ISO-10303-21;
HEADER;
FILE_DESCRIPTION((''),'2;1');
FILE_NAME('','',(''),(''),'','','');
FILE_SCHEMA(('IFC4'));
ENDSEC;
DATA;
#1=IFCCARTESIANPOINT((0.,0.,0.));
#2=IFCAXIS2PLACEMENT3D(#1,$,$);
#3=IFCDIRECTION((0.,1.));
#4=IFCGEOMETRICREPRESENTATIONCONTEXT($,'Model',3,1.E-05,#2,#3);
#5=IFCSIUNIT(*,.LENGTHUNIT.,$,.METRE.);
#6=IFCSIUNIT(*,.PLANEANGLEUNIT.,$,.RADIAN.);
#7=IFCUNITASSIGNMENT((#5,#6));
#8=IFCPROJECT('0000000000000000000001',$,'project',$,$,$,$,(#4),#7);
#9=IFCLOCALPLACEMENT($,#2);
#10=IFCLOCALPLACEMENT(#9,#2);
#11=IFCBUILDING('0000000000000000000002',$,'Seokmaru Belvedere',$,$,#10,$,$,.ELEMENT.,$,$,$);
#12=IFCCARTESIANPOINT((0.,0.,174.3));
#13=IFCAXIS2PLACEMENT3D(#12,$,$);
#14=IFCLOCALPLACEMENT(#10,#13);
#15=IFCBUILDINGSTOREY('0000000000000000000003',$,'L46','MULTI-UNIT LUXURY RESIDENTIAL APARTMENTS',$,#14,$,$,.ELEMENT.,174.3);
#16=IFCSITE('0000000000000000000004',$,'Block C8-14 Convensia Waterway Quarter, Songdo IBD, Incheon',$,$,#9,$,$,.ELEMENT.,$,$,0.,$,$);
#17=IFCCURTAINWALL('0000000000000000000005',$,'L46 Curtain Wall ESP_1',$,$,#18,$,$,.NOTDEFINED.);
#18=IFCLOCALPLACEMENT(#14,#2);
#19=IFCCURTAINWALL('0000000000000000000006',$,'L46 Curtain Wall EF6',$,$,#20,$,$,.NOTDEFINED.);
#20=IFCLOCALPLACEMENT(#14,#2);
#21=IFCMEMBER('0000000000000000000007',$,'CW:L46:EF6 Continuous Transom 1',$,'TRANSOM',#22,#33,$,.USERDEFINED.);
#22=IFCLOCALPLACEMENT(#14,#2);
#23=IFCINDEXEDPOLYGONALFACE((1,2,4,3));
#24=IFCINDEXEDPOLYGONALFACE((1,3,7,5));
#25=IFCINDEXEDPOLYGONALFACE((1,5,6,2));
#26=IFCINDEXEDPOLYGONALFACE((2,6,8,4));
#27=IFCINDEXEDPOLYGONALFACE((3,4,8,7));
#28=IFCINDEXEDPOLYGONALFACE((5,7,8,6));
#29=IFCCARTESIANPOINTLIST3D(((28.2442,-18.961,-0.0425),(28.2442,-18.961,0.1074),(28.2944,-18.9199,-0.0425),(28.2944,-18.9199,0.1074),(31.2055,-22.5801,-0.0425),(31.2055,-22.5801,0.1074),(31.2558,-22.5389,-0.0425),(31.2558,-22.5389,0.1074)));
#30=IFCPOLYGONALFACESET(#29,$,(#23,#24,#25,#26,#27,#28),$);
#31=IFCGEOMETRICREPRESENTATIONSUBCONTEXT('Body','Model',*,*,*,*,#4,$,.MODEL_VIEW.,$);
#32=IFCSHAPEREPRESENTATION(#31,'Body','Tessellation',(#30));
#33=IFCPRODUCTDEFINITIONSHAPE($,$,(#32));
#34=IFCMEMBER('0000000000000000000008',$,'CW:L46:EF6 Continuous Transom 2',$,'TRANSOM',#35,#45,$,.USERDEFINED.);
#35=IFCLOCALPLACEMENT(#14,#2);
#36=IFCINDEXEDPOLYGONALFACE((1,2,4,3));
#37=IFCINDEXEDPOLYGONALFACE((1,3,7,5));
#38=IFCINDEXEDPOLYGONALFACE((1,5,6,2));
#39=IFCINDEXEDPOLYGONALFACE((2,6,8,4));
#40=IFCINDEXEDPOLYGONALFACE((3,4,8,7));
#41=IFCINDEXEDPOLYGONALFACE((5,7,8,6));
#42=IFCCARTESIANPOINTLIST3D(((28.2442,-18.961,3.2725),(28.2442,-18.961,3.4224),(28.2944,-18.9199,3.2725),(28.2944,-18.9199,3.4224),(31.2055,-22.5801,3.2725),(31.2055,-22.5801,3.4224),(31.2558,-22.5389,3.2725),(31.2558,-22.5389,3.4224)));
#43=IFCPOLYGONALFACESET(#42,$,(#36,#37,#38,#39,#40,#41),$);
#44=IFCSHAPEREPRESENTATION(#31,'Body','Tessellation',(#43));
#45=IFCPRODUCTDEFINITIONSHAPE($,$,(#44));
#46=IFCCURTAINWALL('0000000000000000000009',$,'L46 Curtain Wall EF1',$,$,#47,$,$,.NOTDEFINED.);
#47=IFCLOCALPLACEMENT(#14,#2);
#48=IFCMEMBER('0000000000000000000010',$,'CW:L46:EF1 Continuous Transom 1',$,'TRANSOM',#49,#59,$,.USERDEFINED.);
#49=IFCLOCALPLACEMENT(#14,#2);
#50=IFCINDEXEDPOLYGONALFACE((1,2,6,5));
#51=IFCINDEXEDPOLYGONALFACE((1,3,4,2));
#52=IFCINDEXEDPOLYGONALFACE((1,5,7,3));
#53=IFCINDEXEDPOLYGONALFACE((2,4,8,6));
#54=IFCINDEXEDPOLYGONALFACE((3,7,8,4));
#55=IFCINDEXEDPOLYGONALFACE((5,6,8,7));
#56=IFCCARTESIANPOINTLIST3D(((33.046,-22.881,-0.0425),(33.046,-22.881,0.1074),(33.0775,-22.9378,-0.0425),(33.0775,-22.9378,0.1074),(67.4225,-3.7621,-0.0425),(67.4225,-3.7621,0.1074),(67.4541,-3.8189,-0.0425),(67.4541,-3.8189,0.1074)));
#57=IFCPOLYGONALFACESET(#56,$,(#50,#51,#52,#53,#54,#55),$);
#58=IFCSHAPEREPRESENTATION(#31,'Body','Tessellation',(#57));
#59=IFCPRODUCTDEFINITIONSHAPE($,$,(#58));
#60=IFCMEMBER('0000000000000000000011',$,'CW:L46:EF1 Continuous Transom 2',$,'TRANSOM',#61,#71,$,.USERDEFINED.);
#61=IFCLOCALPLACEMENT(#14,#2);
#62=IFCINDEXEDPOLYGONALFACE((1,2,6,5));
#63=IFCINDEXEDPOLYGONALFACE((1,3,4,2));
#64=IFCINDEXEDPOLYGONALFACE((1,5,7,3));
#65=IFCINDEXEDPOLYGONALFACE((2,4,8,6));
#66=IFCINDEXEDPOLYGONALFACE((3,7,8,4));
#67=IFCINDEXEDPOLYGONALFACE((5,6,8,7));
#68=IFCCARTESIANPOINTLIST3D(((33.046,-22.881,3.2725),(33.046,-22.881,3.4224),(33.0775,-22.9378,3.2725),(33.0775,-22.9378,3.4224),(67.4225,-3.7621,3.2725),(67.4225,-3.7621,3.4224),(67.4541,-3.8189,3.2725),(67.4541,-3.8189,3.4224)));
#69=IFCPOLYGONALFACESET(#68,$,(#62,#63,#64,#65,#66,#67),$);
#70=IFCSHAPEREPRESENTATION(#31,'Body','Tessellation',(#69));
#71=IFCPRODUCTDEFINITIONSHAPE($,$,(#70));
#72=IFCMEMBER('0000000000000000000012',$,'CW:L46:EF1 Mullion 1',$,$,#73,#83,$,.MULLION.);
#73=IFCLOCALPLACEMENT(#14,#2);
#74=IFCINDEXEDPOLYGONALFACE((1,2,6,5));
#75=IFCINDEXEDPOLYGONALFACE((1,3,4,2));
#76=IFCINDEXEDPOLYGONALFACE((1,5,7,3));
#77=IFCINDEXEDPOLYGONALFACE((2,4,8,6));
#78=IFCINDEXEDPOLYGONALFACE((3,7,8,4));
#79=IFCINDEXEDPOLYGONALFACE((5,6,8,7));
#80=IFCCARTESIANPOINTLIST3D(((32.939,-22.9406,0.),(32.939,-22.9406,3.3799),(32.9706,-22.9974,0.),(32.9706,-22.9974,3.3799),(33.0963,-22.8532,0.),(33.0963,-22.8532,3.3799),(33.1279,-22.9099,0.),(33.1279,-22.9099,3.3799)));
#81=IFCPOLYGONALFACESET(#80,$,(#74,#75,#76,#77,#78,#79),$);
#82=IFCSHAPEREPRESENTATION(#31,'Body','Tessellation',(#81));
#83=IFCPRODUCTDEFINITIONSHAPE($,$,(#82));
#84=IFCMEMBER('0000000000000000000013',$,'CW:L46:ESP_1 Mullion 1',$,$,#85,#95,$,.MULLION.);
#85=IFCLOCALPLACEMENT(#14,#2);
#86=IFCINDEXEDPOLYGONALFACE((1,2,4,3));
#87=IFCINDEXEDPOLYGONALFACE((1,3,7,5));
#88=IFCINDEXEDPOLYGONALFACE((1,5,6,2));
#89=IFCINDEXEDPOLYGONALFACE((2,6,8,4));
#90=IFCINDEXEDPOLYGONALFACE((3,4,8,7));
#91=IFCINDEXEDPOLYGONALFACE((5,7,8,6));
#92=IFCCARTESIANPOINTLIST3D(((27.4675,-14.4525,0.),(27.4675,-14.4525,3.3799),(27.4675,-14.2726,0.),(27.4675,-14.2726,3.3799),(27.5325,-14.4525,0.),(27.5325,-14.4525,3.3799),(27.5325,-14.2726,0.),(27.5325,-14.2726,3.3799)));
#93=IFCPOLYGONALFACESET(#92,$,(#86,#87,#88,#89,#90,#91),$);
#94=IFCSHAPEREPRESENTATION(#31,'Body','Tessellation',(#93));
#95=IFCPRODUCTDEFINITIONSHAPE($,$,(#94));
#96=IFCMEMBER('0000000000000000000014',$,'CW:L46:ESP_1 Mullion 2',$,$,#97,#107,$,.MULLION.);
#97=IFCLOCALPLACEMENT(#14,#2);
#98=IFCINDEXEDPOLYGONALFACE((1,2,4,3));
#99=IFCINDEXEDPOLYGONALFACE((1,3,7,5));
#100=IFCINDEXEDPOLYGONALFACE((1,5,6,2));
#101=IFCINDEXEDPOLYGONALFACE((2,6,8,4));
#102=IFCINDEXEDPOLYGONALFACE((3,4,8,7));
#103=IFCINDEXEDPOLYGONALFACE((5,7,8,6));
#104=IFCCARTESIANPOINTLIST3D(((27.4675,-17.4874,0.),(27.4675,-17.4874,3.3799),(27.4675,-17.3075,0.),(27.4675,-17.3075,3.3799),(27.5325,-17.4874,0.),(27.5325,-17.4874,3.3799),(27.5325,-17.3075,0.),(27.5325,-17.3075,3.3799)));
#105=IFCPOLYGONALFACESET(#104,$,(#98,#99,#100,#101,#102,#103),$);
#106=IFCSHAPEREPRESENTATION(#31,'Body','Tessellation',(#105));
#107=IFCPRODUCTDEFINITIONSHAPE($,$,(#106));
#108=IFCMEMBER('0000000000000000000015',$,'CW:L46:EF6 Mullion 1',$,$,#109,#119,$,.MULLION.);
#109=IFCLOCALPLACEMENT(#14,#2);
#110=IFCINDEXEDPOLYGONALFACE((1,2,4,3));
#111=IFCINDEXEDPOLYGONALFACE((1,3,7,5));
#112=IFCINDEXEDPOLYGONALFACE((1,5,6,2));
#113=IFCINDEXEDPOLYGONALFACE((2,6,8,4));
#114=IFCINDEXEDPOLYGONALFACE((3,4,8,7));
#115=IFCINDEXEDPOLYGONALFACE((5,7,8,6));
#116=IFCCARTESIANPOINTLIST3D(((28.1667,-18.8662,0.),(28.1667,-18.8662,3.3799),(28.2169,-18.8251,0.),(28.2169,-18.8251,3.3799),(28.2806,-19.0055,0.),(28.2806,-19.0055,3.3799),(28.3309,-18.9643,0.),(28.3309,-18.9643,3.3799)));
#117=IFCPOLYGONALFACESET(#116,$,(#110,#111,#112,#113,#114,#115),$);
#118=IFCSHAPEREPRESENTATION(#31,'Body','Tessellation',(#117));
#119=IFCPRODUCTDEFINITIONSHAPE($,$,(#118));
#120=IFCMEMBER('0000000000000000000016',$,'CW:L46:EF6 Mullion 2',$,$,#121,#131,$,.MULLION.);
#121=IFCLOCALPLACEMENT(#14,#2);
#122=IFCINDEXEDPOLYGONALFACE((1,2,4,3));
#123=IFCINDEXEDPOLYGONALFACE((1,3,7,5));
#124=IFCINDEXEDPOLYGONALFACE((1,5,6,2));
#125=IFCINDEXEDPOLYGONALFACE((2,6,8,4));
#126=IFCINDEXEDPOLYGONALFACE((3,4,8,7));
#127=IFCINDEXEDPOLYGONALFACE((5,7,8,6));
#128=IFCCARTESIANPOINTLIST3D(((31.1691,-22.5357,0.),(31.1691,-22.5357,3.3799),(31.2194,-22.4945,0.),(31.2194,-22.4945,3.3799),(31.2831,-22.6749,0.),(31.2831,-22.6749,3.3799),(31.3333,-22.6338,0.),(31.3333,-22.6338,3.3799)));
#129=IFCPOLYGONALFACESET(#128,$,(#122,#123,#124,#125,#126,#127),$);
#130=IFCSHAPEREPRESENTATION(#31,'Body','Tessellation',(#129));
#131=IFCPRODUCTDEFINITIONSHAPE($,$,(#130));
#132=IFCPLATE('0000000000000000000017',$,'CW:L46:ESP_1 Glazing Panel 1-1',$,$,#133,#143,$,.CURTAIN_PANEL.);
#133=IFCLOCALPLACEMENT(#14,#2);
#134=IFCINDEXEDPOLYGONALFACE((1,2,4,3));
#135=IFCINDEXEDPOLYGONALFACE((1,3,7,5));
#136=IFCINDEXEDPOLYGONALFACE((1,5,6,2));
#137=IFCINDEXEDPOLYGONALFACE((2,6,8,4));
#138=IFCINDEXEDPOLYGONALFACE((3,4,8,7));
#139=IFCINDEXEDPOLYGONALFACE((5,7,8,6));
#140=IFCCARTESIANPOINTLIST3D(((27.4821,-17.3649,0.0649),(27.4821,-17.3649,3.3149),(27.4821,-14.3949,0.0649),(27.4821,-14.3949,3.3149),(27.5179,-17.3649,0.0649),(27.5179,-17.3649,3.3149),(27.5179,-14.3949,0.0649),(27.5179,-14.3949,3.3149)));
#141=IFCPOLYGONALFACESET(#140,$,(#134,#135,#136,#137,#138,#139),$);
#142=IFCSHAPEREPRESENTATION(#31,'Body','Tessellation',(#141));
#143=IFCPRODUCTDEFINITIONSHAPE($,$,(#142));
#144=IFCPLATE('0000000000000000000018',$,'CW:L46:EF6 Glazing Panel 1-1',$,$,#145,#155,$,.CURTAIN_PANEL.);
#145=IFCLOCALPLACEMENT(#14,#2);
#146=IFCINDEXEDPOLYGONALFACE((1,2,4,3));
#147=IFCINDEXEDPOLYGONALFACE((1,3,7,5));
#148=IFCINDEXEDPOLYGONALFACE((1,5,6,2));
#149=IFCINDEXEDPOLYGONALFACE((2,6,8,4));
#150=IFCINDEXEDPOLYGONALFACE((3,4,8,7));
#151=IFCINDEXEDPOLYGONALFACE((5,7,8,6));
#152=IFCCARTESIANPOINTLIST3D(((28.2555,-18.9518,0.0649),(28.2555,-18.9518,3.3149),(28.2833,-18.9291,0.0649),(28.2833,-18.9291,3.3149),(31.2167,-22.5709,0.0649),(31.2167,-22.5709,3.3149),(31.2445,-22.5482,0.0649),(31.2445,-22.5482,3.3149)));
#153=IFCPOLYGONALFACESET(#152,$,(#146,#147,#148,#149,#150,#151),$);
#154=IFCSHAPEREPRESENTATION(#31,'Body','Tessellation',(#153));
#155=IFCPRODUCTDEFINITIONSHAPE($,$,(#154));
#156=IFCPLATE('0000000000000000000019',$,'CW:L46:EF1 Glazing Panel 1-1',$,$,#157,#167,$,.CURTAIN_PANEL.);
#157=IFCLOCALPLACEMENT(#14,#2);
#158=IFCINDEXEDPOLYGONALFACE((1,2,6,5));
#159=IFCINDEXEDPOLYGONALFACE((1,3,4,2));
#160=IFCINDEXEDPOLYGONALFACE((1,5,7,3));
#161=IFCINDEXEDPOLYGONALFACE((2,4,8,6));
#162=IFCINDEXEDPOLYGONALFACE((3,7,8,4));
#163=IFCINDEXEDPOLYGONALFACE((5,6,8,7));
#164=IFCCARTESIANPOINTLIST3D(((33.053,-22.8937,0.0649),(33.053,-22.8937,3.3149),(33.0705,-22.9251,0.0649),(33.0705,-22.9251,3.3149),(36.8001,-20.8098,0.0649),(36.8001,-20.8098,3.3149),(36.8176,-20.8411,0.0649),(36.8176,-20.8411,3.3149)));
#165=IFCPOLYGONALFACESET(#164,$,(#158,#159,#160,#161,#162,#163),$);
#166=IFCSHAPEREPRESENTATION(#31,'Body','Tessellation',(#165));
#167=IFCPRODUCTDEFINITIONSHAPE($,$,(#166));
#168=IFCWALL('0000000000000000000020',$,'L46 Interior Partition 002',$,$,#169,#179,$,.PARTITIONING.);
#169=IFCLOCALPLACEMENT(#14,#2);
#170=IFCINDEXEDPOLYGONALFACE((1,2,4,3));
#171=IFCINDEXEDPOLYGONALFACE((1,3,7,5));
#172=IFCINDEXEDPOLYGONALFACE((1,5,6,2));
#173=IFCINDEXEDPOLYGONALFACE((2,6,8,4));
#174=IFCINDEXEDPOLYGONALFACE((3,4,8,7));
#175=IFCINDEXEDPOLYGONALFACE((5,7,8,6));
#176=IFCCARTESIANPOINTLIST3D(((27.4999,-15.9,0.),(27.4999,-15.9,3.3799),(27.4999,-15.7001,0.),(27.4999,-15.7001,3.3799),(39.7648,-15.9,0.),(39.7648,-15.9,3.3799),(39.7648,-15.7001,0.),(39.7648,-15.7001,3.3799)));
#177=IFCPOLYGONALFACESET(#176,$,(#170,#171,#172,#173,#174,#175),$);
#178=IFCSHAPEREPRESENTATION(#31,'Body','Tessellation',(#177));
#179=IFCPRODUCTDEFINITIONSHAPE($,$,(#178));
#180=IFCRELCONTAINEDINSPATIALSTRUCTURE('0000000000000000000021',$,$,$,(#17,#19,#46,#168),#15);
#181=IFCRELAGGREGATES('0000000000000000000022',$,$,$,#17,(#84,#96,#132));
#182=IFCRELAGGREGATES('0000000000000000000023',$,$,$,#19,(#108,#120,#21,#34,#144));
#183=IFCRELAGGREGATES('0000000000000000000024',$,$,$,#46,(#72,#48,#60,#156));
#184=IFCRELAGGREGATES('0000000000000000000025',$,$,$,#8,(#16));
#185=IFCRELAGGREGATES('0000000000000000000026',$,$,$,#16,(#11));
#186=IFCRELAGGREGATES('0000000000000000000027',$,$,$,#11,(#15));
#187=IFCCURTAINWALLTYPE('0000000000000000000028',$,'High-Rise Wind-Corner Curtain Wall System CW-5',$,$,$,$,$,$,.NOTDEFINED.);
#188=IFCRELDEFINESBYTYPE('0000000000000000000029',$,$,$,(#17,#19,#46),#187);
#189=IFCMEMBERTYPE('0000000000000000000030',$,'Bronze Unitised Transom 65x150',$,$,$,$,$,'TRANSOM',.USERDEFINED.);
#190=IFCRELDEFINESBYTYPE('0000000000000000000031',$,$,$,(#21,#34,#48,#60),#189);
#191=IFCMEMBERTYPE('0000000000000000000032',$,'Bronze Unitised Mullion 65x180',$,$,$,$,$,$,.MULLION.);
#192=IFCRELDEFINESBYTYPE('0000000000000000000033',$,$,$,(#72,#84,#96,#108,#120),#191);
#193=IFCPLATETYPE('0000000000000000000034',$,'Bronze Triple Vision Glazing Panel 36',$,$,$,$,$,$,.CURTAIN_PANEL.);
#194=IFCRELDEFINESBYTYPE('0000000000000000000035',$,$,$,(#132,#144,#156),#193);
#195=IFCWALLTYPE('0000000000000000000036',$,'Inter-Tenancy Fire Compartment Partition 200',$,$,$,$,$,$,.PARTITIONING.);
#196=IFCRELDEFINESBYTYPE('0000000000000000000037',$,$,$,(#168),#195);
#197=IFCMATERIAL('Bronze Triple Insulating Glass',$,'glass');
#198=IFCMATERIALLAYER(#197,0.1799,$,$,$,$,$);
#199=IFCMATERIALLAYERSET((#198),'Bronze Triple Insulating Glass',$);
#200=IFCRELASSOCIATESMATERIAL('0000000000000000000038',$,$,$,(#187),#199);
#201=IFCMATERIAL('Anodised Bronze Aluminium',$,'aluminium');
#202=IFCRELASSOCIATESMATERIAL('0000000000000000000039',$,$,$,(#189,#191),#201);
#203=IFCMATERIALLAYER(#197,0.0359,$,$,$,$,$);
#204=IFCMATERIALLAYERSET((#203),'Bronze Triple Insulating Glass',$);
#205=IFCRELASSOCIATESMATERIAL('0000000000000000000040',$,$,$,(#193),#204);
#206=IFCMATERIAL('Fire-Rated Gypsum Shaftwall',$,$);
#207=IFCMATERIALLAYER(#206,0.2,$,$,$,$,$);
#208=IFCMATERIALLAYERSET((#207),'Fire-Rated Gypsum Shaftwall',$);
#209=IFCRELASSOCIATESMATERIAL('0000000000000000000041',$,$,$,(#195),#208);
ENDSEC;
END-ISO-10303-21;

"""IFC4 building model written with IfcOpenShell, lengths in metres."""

from ifc_helpers import new_model, si_unit, direction, frame, frame_2d, origin, origin_2d, place, context, subcontext, project, spatial, rectangle, extrude, source, transform, mapped, material, layer, layer_set, material_profile, profile_set, type_object, type_shapes, element, aggregate, save


model = new_model("IFC4")

# Units and contexts
model_context = context("Model", 3, precision=1e-05, world=origin(), true_north=direction((0.0, 1.0)))
body_context = subcontext(model_context, "Body", "Model", "MODEL_VIEW")
ifc_project = project(units=[si_unit("LENGTHUNIT", "METRE"), si_unit("PLANEANGLEUNIT", "RADIAN")], contexts=[model_context])

# Site, building, storey
site_placement = place(None, origin())
site = spatial("IfcSite", under=ifc_project, at=site_placement, Name="Block C8-14 Convensia Waterway Quarter, Songdo IBD, Incheon", CompositionType="ELEMENT", RefElevation=0.0)
building_placement = place(site_placement, origin())
building = spatial("IfcBuilding", under=site, at=building_placement, Name="Seokmaru Belvedere", CompositionType="ELEMENT")
storey_placement = place(building_placement, frame((0.0, 0.0, 174.3)))
storey = spatial("IfcBuildingStorey", under=building, at=storey_placement, Name="L46", Description="MULTI-UNIT LUXURY RESIDENTIAL APARTMENTS", CompositionType="ELEMENT", Elevation=174.3)

# Curtain walls, members
ifc_material_1 = material(Name="Bronze Triple Insulating Glass", Category="glass")
ifc_layer_1 = layer(ifc_material_1, 0.1799)
ifc_layer_set_1 = layer_set([ifc_layer_1], Name="Bronze Triple Insulating Glass")
curtain_wall_type = type_object("IfcCurtainWallType", Name="High-Rise Wind-Corner Curtain Wall System CW-5", PredefinedType="NOTDEFINED", material=ifc_layer_set_1)
curtain_wall_1_placement = place(storey_placement, origin())
curtain_wall_1 = element("IfcCurtainWall", 1, at=curtain_wall_1_placement, inside=storey, type_object=curtain_wall_type, Name="L46 Curtain Wall ESP_1", PredefinedType="NOTDEFINED")
ifc_material_2 = material(Name="Anodised Bronze Aluminium", Category="aluminium")
ifc_material_profile_1 = material_profile(ifc_material_2, rectangle(XDim=0.0649, YDim=0.1499, at=origin_2d()), Name="CW-T-65x150")
ifc_profile_set_1 = profile_set([ifc_material_profile_1], Name="Anodised Bronze Aluminium")
member_type_1 = type_object("IfcMemberType", Name="Bronze Unitised Transom 65x150", ElementType="TRANSOM", PredefinedType="USERDEFINED", material=ifc_profile_set_1)
curtain_wall_2_placement = place(storey_placement, origin())
curtain_wall_2 = element("IfcCurtainWall", 2, at=curtain_wall_2_placement, inside=storey, type_object=curtain_wall_type, Name="L46 Curtain Wall EF6", PredefinedType="NOTDEFINED")
shared_shape_1 = source(origin(), body_context, "Body", "SweptSolid", [
    extrude(rectangle(XDim=0.0649, YDim=0.1499, at=origin_2d()), origin(), (0.0, 0.0, 1.0), 4.6763),
])
member_1_placement = place(storey_placement, frame((28.2693, -18.9404, 0.0325), z_axis=(0.633278, -0.773925, 0.0), x_axis=(0.773925, 0.633278, 0.0)))
member_1 = element("IfcMember", 3, at=member_1_placement, type_object=member_type_1, Name="CW:L46:EF6 Continuous Transom 1", ObjectType="TRANSOM", PredefinedType="USERDEFINED", context=body_context, shape_type="MappedRepresentation", body=[
    mapped(shared_shape_1, transform((0.0, 0.0, 0.0), scale=1.0)),
])
member_2_placement = place(storey_placement, frame((28.2693, -18.9404, 3.3474), z_axis=(0.633278, -0.773925, 0.0), x_axis=(0.773925, 0.633278, 0.0)))
member_2 = element("IfcMember", 4, at=member_2_placement, type_object=member_type_1, Name="CW:L46:EF6 Continuous Transom 2", ObjectType="TRANSOM", PredefinedType="USERDEFINED", context=body_context, shape_type="MappedRepresentation", body=[
    mapped(shared_shape_1, transform((0.0, 0.0, 0.0), scale=1.0)),
])
curtain_wall_3_placement = place(storey_placement, origin())
curtain_wall_3 = element("IfcCurtainWall", 5, at=curtain_wall_3_placement, inside=storey, type_object=curtain_wall_type, Name="L46 Curtain Wall EF1", PredefinedType="NOTDEFINED")
shared_shape_2 = source(origin(), body_context, "Body", "SweptSolid", [
    extrude(rectangle(XDim=0.0649, YDim=0.1499, at=origin_2d()), origin(), (0.0, 0.0, 1.0), 39.3354),
])
member_3_placement = place(storey_placement, frame((33.0618, -22.9094, 0.0325), z_axis=(0.873932, 0.486048, 0.0), x_axis=(-0.486048, 0.873932, 0.0)))
member_3 = element("IfcMember", 6, at=member_3_placement, type_object=member_type_1, Name="CW:L46:EF1 Continuous Transom 1", ObjectType="TRANSOM", PredefinedType="USERDEFINED", context=body_context, shape_type="MappedRepresentation", body=[
    mapped(shared_shape_2, transform((0.0, 0.0, 0.0), scale=1.0)),
])
member_4_placement = place(storey_placement, frame((33.0618, -22.9094, 3.3474), z_axis=(0.873932, 0.486048, 0.0), x_axis=(-0.486048, 0.873932, 0.0)))
member_4 = element("IfcMember", 7, at=member_4_placement, type_object=member_type_1, Name="CW:L46:EF1 Continuous Transom 2", ObjectType="TRANSOM", PredefinedType="USERDEFINED", context=body_context, shape_type="MappedRepresentation", body=[
    mapped(shared_shape_2, transform((0.0, 0.0, 0.0), scale=1.0)),
])
ifc_material_profile_2 = material_profile(ifc_material_2, rectangle(XDim=0.0649, YDim=0.1799, at=origin_2d()), Name="CW-M-65x180")
ifc_profile_set_2 = profile_set([ifc_material_profile_2], Name="Anodised Bronze Aluminium")
member_type_2 = type_object("IfcMemberType", Name="Bronze Unitised Mullion 65x180", PredefinedType="MULLION", material=ifc_profile_set_2)
shared_shape_3 = source(origin(), body_context, "Body", "SweptSolid", [
    extrude(rectangle(XDim=0.0649, YDim=0.1799, at=origin_2d()), origin(), (0.0, 0.0, 1.0), 3.3799),
])
type_shapes(member_type_2, [shared_shape_3])
member_5_placement = place(storey_placement, frame((33.0334, -22.9253, 0.0), z_axis=(0.0, 0.0, 1.0), x_axis=(-0.486047, 0.873933, 0.0)))
member_5 = element("IfcMember", 8, at=member_5_placement, type_object=member_type_2, Name="CW:L46:EF1 Mullion 1", PredefinedType="MULLION", context=body_context, shape_type="MappedRepresentation", body=[
    mapped(shared_shape_3, transform((0.0, 0.0, 0.0), scale=1.0)),
])

# Members
member_6_placement = place(storey_placement, frame((27.5, -14.3625, 0.0), z_axis=(0.0, 0.0, 1.0), x_axis=(1.0, 0.0, 0.0)))
member_6 = element("IfcMember", 9, at=member_6_placement, type_object=member_type_2, Name="CW:L46:ESP_1 Mullion 1", PredefinedType="MULLION", context=body_context, shape_type="MappedRepresentation", body=[
    mapped(shared_shape_3, transform((0.0, 0.0, 0.0), scale=1.0)),
])
member_7_placement = place(storey_placement, frame((27.5, -17.3975, 0.0), z_axis=(0.0, 0.0, 1.0), x_axis=(1.0, 0.0, 0.0)))
member_7 = element("IfcMember", 10, at=member_7_placement, type_object=member_type_2, Name="CW:L46:ESP_1 Mullion 2", PredefinedType="MULLION", context=body_context, shape_type="MappedRepresentation", body=[
    mapped(shared_shape_3, transform((0.0, 0.0, 0.0), scale=1.0)),
])
member_8_placement = place(storey_placement, frame((28.2488, -18.9153, 0.0), z_axis=(0.0, 0.0, 1.0), x_axis=(0.773944, 0.633254, 0.0)))
member_8 = element("IfcMember", 11, at=member_8_placement, type_object=member_type_2, Name="CW:L46:EF6 Mullion 1", PredefinedType="MULLION", context=body_context, shape_type="MappedRepresentation", body=[
    mapped(shared_shape_3, transform((0.0, 0.0, 0.0), scale=1.0)),
])
member_9_placement = place(storey_placement, frame((31.2512, -22.5847, 0.0), z_axis=(0.0, 0.0, 1.0), x_axis=(0.773944, 0.633254, 0.0)))
member_9 = element("IfcMember", 12, at=member_9_placement, type_object=member_type_2, Name="CW:L46:EF6 Mullion 2", PredefinedType="MULLION", context=body_context, shape_type="MappedRepresentation", body=[
    mapped(shared_shape_3, transform((0.0, 0.0, 0.0), scale=1.0)),
])

# Plates
ifc_layer_2 = layer(ifc_material_1, 0.0359)
ifc_layer_set_2 = layer_set([ifc_layer_2], Name="Bronze Triple Insulating Glass")
plate_type = type_object("IfcPlateType", Name="Bronze Triple Vision Glazing Panel 36", PredefinedType="CURTAIN_PANEL", material=ifc_layer_set_2)
shared_shape_4 = source(origin(), body_context, "Body", "SweptSolid", [
    extrude(rectangle(XDim=2.97, YDim=0.0359, at=origin_2d()), origin(), (0.0, 0.0, 1.0), 3.25),
])
plate_1_placement = place(storey_placement, frame((27.5, -15.8799, 0.0649), z_axis=(0.0, 0.0, 1.0), x_axis=(0.0, -1.0, 0.0)))
plate_1 = element("IfcPlate", 13, at=plate_1_placement, type_object=plate_type, Name="CW:L46:ESP_1 Glazing Panel 1-1", PredefinedType="CURTAIN_PANEL", context=body_context, shape_type="MappedRepresentation", body=[
    mapped(shared_shape_4, transform((0.0, 0.0, 0.0), scale=1.0)),
])
aggregate(curtain_wall_1, [member_6, member_7, plate_1])
shared_shape_5 = source(origin(), body_context, "Body", "SweptSolid", [
    extrude(rectangle(XDim=4.6763, YDim=0.0359, at=origin_2d()), origin(), (0.0, 0.0, 1.0), 3.25),
])
plate_2_placement = place(storey_placement, frame((29.75, -20.75, 0.0649), z_axis=(0.0, 0.0, 1.0), x_axis=(0.633254, -0.773944, 0.0)))
plate_2 = element("IfcPlate", 14, at=plate_2_placement, type_object=plate_type, Name="CW:L46:EF6 Glazing Panel 1-1", PredefinedType="CURTAIN_PANEL", context=body_context, shape_type="MappedRepresentation", body=[
    mapped(shared_shape_5, transform((0.0, 0.0, 0.0), scale=1.0)),
])
aggregate(curtain_wall_2, [member_8, member_9, member_1, member_2, plate_2])
shared_shape_6 = source(origin(), body_context, "Body", "SweptSolid", [
    extrude(rectangle(XDim=4.2876, YDim=0.0359, at=origin_2d()), origin(), (0.0, 0.0, 1.0), 3.25),
])
type_shapes(plate_type, [shared_shape_4, shared_shape_5, shared_shape_6])
plate_3_placement = place(storey_placement, frame((34.9353, -21.8674, 0.0649), z_axis=(0.0, 0.0, 1.0), x_axis=(0.873933, 0.486047, 0.0)))
plate_3 = element("IfcPlate", 15, at=plate_3_placement, type_object=plate_type, Name="CW:L46:EF1 Glazing Panel 1-1", PredefinedType="CURTAIN_PANEL", context=body_context, shape_type="MappedRepresentation", body=[
    mapped(shared_shape_6, transform((0.0, 0.0, 0.0), scale=1.0)),
])
aggregate(curtain_wall_3, [member_5, member_3, member_4, plate_3])

# Wall
ifc_material_3 = material(Name="Fire-Rated Gypsum Shaftwall")
ifc_layer_3 = layer(ifc_material_3, 0.2)
ifc_layer_set_3 = layer_set([ifc_layer_3], Name="Fire-Rated Gypsum Shaftwall")
wall_type_1 = type_object("IfcWallType", Name="Inter-Tenancy Fire Compartment Partition 200", PredefinedType="PARTITIONING", material=ifc_layer_set_3)
wall_1_placement = place(storey_placement, frame((27.5, -15.8, 0.0), z_axis=(0.0, 0.0, 1.0), x_axis=(1.0, 0.0, 0.0)))
element("IfcWall", 16, at=wall_1_placement, inside=storey, type_object=wall_type_1, Name="L46 Interior Partition 002", PredefinedType="PARTITIONING", context=body_context, shape_type="SweptSolid", body=[
    extrude(rectangle(XDim=12.2649, YDim=0.2, at=frame_2d((6.1323, 0.0))), origin(), (0.0, 0.0, 1.0), 3.3799),
])

save(model, "model.ifc")
